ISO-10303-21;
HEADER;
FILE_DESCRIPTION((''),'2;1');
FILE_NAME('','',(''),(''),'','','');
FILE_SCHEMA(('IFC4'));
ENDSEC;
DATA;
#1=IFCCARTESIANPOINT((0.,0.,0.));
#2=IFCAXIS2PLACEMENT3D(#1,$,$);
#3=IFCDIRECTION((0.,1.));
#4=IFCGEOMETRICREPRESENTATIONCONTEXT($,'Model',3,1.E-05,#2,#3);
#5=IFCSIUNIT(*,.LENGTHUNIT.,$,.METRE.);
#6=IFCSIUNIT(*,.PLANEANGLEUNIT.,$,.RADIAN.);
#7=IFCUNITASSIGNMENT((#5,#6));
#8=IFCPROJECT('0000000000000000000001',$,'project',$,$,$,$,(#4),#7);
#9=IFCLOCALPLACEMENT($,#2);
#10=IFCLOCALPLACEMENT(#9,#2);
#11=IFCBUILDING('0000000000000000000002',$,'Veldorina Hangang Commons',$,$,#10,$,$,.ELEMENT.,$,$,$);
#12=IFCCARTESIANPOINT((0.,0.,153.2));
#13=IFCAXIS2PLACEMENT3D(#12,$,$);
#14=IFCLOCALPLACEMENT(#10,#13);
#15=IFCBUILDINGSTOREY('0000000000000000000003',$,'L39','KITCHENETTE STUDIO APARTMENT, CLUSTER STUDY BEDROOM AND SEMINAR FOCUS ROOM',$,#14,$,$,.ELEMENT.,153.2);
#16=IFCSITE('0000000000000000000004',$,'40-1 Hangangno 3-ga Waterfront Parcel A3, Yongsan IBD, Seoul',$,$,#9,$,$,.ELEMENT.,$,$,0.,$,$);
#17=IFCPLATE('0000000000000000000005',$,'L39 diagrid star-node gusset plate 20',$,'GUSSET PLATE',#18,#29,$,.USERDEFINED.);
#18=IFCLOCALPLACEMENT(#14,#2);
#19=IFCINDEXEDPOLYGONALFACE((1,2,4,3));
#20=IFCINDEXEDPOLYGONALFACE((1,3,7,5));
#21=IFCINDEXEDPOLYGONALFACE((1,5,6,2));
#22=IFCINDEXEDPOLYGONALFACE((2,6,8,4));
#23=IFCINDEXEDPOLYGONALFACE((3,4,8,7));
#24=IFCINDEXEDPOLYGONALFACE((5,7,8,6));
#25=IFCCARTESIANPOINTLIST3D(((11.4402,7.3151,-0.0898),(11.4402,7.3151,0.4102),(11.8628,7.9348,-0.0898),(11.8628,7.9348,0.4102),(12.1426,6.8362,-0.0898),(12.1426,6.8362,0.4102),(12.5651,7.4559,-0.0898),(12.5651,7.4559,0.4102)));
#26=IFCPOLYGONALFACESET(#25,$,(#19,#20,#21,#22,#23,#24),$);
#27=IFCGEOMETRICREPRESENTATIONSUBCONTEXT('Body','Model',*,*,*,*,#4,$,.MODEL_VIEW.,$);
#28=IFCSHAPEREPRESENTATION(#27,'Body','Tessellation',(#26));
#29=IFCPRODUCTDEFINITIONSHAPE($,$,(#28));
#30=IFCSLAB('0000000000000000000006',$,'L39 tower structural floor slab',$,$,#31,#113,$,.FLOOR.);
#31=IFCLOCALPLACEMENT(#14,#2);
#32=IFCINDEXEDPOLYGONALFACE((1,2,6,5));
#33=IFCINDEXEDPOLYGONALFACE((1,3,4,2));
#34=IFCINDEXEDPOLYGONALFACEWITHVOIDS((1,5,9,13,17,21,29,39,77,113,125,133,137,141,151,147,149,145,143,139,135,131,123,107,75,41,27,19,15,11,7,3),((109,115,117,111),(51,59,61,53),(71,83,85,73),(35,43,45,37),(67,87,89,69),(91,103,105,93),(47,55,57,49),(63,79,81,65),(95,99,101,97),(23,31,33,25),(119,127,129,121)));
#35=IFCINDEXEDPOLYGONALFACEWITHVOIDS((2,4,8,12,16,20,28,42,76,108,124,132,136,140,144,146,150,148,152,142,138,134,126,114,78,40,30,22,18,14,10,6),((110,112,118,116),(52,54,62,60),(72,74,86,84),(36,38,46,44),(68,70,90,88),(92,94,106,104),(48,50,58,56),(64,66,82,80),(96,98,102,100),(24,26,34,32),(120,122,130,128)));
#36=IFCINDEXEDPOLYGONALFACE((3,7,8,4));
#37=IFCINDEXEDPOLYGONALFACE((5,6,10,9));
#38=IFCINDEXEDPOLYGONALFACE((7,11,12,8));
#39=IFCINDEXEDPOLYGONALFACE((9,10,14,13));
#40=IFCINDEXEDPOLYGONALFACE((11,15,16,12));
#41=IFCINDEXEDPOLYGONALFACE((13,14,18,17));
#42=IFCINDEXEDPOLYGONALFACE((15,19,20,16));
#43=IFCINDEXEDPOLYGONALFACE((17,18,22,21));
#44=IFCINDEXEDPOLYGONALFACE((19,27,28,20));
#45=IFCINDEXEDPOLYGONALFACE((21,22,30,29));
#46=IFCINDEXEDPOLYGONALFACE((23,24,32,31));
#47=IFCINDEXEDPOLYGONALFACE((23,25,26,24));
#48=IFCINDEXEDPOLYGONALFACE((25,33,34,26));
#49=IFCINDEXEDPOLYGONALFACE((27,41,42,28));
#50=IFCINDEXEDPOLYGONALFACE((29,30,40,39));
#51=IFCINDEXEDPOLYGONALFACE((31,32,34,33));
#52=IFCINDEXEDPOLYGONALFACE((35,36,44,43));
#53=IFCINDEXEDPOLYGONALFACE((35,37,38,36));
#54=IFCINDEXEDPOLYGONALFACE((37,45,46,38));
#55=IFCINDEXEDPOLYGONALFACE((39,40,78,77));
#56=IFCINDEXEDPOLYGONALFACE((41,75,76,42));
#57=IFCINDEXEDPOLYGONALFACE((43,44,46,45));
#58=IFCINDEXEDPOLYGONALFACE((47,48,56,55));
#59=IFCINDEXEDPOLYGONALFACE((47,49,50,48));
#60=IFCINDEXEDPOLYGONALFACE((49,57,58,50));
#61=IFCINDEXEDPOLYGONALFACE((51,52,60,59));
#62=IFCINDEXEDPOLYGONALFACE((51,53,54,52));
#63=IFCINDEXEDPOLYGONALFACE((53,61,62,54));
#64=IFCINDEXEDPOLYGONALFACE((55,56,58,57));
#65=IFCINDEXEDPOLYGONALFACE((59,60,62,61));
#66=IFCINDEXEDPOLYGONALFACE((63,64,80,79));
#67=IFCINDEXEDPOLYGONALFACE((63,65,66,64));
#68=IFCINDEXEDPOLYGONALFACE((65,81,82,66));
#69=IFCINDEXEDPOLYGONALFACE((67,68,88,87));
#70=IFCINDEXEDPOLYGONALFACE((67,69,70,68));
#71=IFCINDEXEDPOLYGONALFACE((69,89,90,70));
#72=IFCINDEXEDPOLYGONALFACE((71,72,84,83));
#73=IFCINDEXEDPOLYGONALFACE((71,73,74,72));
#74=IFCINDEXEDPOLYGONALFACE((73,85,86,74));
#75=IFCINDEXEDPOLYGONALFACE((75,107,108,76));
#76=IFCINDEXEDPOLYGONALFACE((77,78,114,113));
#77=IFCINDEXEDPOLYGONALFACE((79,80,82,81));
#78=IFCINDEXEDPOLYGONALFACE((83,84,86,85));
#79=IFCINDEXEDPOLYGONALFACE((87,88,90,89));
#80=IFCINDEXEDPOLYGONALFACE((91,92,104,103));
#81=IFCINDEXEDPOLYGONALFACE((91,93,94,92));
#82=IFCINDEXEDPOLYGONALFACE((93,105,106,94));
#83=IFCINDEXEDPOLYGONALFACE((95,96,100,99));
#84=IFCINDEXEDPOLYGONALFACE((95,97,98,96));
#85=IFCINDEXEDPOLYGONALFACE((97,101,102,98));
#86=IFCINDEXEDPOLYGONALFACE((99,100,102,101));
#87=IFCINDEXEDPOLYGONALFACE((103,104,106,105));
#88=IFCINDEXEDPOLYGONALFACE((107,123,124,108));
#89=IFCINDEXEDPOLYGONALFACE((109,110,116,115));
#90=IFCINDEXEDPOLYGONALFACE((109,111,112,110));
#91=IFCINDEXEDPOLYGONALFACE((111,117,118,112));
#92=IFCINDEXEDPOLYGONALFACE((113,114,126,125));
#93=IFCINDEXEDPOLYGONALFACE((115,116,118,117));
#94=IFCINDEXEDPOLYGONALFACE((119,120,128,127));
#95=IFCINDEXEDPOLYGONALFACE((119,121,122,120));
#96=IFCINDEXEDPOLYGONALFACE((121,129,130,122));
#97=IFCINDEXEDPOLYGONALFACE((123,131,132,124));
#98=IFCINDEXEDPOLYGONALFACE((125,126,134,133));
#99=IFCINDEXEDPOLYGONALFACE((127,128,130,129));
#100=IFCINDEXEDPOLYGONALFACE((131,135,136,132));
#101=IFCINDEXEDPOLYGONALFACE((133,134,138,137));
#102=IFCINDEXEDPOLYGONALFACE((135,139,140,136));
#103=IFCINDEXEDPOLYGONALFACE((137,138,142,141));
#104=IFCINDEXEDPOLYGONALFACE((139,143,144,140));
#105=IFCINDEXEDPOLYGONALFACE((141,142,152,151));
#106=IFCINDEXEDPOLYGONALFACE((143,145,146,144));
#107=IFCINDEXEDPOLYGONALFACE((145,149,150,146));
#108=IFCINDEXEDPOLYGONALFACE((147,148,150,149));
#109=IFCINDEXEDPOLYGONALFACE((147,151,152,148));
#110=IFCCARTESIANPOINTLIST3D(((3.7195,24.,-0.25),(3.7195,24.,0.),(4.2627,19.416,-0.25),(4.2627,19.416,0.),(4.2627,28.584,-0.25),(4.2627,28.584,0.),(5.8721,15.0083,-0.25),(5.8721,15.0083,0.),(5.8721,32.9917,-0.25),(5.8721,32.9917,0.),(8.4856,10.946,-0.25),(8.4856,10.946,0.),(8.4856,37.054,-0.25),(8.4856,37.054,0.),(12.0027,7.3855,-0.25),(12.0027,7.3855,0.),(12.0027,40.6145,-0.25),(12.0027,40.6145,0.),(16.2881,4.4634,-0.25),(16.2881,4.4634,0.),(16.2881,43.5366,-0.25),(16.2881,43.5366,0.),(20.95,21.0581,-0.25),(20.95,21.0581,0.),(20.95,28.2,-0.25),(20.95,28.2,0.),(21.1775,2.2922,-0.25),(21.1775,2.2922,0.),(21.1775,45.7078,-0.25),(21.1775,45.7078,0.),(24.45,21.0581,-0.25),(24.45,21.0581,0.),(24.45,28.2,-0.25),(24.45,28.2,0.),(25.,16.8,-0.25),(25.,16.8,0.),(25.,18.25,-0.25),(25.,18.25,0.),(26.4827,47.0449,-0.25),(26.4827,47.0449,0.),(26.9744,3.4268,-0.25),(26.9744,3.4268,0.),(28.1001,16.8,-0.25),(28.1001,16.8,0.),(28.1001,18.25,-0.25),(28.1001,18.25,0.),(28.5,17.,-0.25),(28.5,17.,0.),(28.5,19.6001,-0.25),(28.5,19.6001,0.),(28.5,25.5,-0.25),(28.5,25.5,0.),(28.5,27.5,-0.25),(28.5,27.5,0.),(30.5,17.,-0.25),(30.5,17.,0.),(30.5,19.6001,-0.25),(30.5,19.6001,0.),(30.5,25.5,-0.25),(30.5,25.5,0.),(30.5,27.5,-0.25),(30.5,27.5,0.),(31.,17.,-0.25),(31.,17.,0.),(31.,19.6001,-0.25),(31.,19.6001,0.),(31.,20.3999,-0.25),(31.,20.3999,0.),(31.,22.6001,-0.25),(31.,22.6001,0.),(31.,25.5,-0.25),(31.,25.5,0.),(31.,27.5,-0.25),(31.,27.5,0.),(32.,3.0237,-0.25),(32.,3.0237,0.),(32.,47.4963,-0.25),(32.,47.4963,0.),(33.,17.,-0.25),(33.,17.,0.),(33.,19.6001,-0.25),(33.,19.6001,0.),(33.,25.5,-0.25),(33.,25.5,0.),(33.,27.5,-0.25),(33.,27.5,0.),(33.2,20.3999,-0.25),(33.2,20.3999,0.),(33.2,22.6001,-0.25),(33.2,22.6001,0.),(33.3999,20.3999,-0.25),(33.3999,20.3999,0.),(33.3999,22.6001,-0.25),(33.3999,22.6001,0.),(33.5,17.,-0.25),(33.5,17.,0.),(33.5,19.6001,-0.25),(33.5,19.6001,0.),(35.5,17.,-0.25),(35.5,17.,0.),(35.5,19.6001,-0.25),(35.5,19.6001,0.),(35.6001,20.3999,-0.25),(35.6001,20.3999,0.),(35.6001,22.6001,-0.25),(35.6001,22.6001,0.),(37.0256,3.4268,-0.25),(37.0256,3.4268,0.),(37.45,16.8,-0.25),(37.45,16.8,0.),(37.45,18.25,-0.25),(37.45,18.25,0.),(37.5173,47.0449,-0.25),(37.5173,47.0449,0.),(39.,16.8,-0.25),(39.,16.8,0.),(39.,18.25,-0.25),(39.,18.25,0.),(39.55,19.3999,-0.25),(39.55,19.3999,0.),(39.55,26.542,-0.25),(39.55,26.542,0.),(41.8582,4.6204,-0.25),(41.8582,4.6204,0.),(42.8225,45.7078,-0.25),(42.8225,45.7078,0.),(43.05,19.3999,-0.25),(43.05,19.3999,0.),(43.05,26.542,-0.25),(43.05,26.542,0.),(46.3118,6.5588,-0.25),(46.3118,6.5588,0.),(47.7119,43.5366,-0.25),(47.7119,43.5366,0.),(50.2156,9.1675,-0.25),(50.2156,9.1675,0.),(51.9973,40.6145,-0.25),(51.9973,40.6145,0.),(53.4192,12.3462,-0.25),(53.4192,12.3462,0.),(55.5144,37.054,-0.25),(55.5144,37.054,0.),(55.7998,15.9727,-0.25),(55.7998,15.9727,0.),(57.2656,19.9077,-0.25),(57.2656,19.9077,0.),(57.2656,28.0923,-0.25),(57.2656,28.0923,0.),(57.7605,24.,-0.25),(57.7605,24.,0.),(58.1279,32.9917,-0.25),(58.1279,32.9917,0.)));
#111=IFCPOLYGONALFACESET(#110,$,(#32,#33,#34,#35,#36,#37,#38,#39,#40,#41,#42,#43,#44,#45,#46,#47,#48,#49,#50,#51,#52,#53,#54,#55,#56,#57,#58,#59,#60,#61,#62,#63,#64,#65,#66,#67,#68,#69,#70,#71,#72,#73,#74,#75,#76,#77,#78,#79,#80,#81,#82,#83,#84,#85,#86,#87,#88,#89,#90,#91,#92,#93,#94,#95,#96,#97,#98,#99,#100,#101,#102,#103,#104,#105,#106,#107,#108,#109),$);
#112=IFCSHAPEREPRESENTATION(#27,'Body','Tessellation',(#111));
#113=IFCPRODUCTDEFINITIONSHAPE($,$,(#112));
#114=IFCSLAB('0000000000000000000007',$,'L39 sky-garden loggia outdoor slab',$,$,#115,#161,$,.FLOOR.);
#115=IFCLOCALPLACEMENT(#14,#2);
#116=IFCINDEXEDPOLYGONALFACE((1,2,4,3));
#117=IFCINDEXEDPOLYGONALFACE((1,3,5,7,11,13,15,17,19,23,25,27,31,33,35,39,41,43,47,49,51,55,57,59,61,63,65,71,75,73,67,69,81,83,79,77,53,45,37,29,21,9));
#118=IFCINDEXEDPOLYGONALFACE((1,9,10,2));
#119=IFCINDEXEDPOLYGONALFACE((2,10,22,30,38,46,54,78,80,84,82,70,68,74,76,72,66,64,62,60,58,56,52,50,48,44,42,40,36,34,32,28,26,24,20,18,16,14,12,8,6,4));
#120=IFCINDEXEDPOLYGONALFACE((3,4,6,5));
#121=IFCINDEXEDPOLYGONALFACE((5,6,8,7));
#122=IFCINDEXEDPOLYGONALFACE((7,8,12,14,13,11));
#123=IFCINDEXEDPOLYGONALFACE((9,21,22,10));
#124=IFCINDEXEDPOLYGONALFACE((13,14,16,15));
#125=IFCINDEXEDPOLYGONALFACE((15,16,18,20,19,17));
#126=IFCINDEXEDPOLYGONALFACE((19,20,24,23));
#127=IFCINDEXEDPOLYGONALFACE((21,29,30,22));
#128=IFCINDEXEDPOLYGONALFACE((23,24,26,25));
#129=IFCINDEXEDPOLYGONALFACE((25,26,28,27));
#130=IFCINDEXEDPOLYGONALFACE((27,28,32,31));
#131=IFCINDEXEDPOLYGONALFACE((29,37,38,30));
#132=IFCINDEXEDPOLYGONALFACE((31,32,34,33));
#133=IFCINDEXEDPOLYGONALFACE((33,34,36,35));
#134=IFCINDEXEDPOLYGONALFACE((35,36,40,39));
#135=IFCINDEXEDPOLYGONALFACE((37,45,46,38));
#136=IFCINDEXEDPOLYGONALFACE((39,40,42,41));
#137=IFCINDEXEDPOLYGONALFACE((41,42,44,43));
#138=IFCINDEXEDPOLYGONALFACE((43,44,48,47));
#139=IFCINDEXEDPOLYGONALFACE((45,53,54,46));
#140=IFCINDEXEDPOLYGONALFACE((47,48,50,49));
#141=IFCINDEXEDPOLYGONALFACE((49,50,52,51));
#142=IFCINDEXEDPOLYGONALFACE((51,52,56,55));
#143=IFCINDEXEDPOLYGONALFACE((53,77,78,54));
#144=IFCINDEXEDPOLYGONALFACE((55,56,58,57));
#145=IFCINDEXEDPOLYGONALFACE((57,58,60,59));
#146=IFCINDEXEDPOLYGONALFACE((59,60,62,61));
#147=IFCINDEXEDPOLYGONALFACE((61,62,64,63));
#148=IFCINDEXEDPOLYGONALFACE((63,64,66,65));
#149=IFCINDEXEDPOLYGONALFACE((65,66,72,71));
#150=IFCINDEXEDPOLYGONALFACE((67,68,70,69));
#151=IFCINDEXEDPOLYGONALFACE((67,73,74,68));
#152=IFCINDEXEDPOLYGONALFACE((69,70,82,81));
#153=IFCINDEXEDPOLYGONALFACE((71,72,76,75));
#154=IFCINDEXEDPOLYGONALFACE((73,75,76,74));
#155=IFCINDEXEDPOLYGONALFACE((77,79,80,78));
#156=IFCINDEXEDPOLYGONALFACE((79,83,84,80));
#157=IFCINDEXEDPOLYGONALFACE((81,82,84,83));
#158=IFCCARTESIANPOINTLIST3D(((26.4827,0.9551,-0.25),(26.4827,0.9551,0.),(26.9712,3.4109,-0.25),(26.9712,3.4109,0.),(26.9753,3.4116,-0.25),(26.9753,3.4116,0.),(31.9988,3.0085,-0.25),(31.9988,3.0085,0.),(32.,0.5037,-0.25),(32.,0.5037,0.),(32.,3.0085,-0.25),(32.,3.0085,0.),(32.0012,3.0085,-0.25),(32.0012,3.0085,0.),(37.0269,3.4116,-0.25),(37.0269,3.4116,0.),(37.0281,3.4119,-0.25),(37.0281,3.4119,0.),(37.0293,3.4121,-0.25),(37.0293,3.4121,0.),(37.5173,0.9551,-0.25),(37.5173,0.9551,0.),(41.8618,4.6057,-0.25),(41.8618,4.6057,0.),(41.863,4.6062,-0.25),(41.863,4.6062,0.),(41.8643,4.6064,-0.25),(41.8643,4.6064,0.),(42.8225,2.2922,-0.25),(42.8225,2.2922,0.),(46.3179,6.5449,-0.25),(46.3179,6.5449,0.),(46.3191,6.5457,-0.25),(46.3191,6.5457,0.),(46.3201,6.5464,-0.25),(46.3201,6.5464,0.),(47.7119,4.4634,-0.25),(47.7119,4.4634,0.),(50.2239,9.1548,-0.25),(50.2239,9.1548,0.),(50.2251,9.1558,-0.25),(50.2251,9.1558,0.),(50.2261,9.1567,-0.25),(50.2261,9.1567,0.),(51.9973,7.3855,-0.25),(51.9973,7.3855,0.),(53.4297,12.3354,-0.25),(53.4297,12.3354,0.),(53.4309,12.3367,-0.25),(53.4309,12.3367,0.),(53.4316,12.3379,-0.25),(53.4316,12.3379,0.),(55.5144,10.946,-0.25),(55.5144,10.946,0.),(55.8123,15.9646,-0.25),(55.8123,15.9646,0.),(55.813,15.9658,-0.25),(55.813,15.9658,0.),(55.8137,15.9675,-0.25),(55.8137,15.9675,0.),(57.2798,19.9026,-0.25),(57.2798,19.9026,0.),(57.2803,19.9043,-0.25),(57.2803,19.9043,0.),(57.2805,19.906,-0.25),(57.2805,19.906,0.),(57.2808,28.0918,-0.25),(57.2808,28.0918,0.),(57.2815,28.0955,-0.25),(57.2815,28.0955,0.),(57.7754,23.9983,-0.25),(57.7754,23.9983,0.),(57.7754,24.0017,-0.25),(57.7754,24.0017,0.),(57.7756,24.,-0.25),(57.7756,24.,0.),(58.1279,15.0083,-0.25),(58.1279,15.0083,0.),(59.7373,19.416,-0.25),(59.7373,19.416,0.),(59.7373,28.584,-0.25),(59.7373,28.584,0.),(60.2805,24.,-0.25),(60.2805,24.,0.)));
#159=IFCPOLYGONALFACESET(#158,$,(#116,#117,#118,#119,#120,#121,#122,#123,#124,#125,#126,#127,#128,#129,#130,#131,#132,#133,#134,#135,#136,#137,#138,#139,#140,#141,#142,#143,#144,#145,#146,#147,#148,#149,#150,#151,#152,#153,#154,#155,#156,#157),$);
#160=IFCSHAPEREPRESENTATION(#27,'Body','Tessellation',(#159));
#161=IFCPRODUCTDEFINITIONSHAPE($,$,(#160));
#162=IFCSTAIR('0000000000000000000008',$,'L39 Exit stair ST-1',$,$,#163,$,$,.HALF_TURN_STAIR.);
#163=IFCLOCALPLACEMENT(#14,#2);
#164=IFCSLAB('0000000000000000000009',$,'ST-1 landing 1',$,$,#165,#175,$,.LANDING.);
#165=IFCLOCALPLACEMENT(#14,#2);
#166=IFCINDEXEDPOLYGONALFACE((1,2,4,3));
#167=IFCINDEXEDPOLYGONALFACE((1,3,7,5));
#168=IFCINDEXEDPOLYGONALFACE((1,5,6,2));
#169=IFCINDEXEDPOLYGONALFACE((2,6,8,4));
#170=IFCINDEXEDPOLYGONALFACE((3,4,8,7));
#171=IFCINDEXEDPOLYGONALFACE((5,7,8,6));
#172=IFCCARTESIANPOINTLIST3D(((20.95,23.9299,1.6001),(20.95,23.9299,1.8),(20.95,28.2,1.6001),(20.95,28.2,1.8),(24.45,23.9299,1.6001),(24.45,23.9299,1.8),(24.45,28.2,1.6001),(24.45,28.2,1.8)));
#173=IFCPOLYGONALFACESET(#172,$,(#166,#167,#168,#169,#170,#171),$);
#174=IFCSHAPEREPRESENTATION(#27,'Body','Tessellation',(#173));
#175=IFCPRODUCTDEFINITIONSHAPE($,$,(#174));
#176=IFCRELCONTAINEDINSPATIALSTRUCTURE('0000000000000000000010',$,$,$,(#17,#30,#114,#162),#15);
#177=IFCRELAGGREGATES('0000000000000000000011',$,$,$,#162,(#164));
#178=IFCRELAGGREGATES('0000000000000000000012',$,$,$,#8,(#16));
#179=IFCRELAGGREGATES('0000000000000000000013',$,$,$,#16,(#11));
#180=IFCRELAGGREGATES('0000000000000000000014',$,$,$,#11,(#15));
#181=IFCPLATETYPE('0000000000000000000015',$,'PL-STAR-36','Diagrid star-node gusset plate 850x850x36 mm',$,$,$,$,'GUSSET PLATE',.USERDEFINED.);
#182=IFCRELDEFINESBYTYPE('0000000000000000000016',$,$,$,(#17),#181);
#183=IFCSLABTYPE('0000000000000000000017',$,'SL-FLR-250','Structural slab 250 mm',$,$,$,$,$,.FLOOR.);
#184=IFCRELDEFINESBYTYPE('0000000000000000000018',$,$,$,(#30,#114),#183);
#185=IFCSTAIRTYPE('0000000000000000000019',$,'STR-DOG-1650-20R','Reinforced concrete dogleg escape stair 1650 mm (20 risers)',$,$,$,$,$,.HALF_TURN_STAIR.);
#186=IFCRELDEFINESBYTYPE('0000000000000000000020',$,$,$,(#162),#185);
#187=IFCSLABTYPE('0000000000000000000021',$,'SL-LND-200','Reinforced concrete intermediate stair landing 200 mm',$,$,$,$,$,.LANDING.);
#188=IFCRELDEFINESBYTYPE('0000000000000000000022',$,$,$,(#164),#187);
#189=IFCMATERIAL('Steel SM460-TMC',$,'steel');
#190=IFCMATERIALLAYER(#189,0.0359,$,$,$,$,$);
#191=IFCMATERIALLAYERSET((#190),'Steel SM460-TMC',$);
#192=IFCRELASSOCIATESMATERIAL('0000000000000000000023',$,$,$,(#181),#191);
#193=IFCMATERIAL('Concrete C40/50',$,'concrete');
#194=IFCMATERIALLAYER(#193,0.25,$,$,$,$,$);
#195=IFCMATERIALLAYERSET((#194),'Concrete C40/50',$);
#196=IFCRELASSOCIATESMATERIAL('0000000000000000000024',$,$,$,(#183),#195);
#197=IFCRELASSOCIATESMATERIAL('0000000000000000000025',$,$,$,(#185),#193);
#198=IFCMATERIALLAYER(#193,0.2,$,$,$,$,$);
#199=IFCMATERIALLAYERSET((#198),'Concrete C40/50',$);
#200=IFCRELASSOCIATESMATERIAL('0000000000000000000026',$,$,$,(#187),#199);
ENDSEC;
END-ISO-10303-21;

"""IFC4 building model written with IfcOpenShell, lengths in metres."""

from ifc_helpers import new_model, si_unit, direction, frame, origin, origin_2d, place, context, subcontext, project, spatial, polyline, rectangle, outline, extrude, material, layer, layer_set, type_object, element, aggregate, save


model = new_model("IFC4")

# Units and contexts
model_context = context("Model", 3, precision=1e-05, world=origin(), true_north=direction((0.0, 1.0)))
body_context = subcontext(model_context, "Body", "Model", "MODEL_VIEW")
ifc_project = project(units=[si_unit("LENGTHUNIT", "METRE"), si_unit("PLANEANGLEUNIT", "RADIAN")], contexts=[model_context])

# Site, building, storey
site_placement = place(None, origin())
site = spatial("IfcSite", under=ifc_project, at=site_placement, Name="40-1 Hangangno 3-ga Waterfront Parcel A3, Yongsan IBD, Seoul", CompositionType="ELEMENT", RefElevation=0.0)
building_placement = place(site_placement, origin())
building = spatial("IfcBuilding", under=site, at=building_placement, Name="Veldorina Hangang Commons", CompositionType="ELEMENT")
storey_placement = place(building_placement, frame((0.0, 0.0, 153.2)))
storey = spatial("IfcBuildingStorey", under=building, at=storey_placement, Name="L39", Description="KITCHENETTE STUDIO APARTMENT, CLUSTER STUDY BEDROOM AND SEMINAR FOCUS ROOM", CompositionType="ELEMENT", Elevation=153.2)

# Plate
ifc_material_1 = material(Name="Steel SM460-TMC", Category="steel")
ifc_layer_1 = layer(ifc_material_1, 0.0359)
ifc_layer_set_1 = layer_set([ifc_layer_1], Name="Steel SM460-TMC")
plate_type = type_object("IfcPlateType", Name="PL-STAR-36", Description="Diagrid star-node gusset plate 850x850x36 mm", ElementType="GUSSET PLATE", PredefinedType="USERDEFINED", material=ifc_layer_set_1)
plate_1_placement = place(storey_placement, frame((12.0027, 7.3855, -0.0898), z_axis=(0.0, 0.0, 1.0), x_axis=(0.826226, -0.563339, 0.0)))
element("IfcPlate", 1, at=plate_1_placement, inside=storey, type_object=plate_type, Name="L39 diagrid star-node gusset plate 20", ObjectType="GUSSET PLATE", PredefinedType="USERDEFINED", context=body_context, shape_type="SweptSolid", body=[
    extrude(rectangle(XDim=0.8501, YDim=0.75, at=origin_2d()), origin(), (0.0, 0.0, 1.0), 0.5),
])

# Slabs
ifc_material_2 = material(Name="Concrete C40/50", Category="concrete")
ifc_layer_2 = layer(ifc_material_2, 0.25)
ifc_layer_set_2 = layer_set([ifc_layer_2], Name="Concrete C40/50")
slab_type_1 = type_object("IfcSlabType", Name="SL-FLR-250", Description="Structural slab 250 mm", PredefinedType="FLOOR", material=ifc_layer_set_2)
slab_1_placement = place(storey_placement, frame((0.0, 0.0, -0.25)))
element("IfcSlab", 2, at=slab_1_placement, inside=storey, type_object=slab_type_1, Name="L39 tower structural floor slab", PredefinedType="FLOOR", context=body_context, shape_type="SweptSolid", body=[
    extrude(outline(polyline([(57.7605, 24.0), (57.2656, 28.0923), (58.1279, 32.9917), (55.5144, 37.054), (51.9973, 40.6145), (47.7119, 43.5366), (42.8225, 45.7078), (37.5173, 47.0449), (32.0, 47.4963), (26.4827, 47.0449), (21.1775, 45.7078), (16.2881, 43.5366), (12.0027, 40.6145), (8.4856, 37.054), (5.8721, 32.9917), (4.2627, 28.584), (3.7195, 24.0), (4.2627, 19.416), (5.8721, 15.0083), (8.4856, 10.946), (12.0027, 7.3855), (16.2881, 4.4634), (21.1775, 2.2922), (26.9744, 3.4268), (32.0, 3.0237), (37.0256, 3.4268), (41.8582, 4.6204), (46.3118, 6.5588), (50.2156, 9.1675), (53.4192, 12.3462), (55.7998, 15.9727), (57.2656, 19.9077), (57.7605, 24.0)]), holes=[polyline([(20.95, 21.0581), (20.95, 28.2), (24.45, 28.2), (24.45, 21.0581), (20.95, 21.0581)]), polyline([(43.05, 26.542), (43.05, 19.3999), (39.55, 19.3999), (39.55, 26.542), (43.05, 26.542)]), polyline([(28.5, 27.5), (30.5, 27.5), (30.5, 25.5), (28.5, 25.5), (28.5, 27.5)]), polyline([(31.0, 27.5), (33.0, 27.5), (33.0, 25.5), (31.0, 25.5), (31.0, 27.5)]), polyline([(31.0, 22.6001), (33.2, 22.6001), (33.2, 20.3999), (31.0, 20.3999), (31.0, 22.6001)]), polyline([(33.3999, 22.6001), (35.6001, 22.6001), (35.6001, 20.3999), (33.3999, 20.3999), (33.3999, 22.6001)]), polyline([(28.5, 19.6001), (30.5, 19.6001), (30.5, 17.0), (28.5, 17.0), (28.5, 19.6001)]), polyline([(31.0, 19.6001), (33.0, 19.6001), (33.0, 17.0), (31.0, 17.0), (31.0, 19.6001)]), polyline([(33.5, 19.6001), (35.5, 19.6001), (35.5, 17.0), (33.5, 17.0), (33.5, 19.6001)]), polyline([(25.0, 18.25), (28.1001, 18.25), (28.1001, 16.8), (25.0, 16.8), (25.0, 18.25)]), polyline([(37.45, 18.25), (39.0, 18.25), (39.0, 16.8), (37.45, 16.8), (37.45, 18.25)])]), origin(), (0.0, 0.0, 1.0), 0.25),
])
slab_2_placement = place(storey_placement, frame((0.0, 0.0, -0.25)))
element("IfcSlab", 3, at=slab_2_placement, inside=storey, type_object=slab_type_1, Name="L39 sky-garden loggia outdoor slab", PredefinedType="FLOOR", context=body_context, shape_type="SweptSolid", body=[
    extrude(outline(polyline([(59.7373, 28.584), (60.2805, 24.0), (59.7373, 19.416), (58.1279, 15.0083), (55.5144, 10.946), (51.9973, 7.3855), (47.7119, 4.4634), (42.8225, 2.2922), (37.5173, 0.9551), (32.0, 0.5037), (26.4827, 0.9551), (26.9712, 3.4109), (26.9753, 3.4116), (31.9988, 3.0085), (32.0, 3.0085), (32.0012, 3.0085), (37.0269, 3.4116), (37.0281, 3.4119), (37.0293, 3.4121), (41.8618, 4.6057), (41.863, 4.6062), (41.8643, 4.6064), (46.3179, 6.5449), (46.3191, 6.5457), (46.3201, 6.5464), (50.2239, 9.1548), (50.2251, 9.1558), (50.2261, 9.1567), (53.4297, 12.3354), (53.4309, 12.3367), (53.4316, 12.3379), (55.8123, 15.9646), (55.813, 15.9658), (55.8137, 15.9675), (57.2798, 19.9026), (57.2803, 19.9043), (57.2805, 19.906), (57.7754, 23.9983), (57.7756, 24.0), (57.7754, 24.0017), (57.2808, 28.0918), (57.2815, 28.0955), (59.7373, 28.584)])), origin(), (0.0, 0.0, 1.0), 0.25),
])

# Stair, slab
stair_type = type_object("IfcStairType", Name="STR-DOG-1650-20R", Description="Reinforced concrete dogleg escape stair 1650 mm (20 risers)", PredefinedType="HALF_TURN_STAIR", material=ifc_material_2)
stair_1_placement = place(storey_placement, origin())
stair_1 = element("IfcStair", 4, at=stair_1_placement, inside=storey, type_object=stair_type, Name="L39 Exit stair ST-1", PredefinedType="HALF_TURN_STAIR")
ifc_layer_3 = layer(ifc_material_2, 0.2)
ifc_layer_set_3 = layer_set([ifc_layer_3], Name="Concrete C40/50")
slab_type_2 = type_object("IfcSlabType", Name="SL-LND-200", Description="Reinforced concrete intermediate stair landing 200 mm", PredefinedType="LANDING", material=ifc_layer_set_3)
slab_3_placement = place(storey_placement, frame((0.0, 0.0, 1.6001)))
slab_3 = element("IfcSlab", 5, at=slab_3_placement, type_object=slab_type_2, Name="ST-1 landing 1", PredefinedType="LANDING", context=body_context, shape_type="SweptSolid", body=[
    extrude(outline(polyline([(24.45, 23.9299), (24.45, 28.2), (20.95, 28.2), (20.95, 23.9299), (24.45, 23.9299)])), origin(), (0.0, 0.0, 1.0), 0.2),
])
aggregate(stair_1, [slab_3])

save(model, "model.ifc")
